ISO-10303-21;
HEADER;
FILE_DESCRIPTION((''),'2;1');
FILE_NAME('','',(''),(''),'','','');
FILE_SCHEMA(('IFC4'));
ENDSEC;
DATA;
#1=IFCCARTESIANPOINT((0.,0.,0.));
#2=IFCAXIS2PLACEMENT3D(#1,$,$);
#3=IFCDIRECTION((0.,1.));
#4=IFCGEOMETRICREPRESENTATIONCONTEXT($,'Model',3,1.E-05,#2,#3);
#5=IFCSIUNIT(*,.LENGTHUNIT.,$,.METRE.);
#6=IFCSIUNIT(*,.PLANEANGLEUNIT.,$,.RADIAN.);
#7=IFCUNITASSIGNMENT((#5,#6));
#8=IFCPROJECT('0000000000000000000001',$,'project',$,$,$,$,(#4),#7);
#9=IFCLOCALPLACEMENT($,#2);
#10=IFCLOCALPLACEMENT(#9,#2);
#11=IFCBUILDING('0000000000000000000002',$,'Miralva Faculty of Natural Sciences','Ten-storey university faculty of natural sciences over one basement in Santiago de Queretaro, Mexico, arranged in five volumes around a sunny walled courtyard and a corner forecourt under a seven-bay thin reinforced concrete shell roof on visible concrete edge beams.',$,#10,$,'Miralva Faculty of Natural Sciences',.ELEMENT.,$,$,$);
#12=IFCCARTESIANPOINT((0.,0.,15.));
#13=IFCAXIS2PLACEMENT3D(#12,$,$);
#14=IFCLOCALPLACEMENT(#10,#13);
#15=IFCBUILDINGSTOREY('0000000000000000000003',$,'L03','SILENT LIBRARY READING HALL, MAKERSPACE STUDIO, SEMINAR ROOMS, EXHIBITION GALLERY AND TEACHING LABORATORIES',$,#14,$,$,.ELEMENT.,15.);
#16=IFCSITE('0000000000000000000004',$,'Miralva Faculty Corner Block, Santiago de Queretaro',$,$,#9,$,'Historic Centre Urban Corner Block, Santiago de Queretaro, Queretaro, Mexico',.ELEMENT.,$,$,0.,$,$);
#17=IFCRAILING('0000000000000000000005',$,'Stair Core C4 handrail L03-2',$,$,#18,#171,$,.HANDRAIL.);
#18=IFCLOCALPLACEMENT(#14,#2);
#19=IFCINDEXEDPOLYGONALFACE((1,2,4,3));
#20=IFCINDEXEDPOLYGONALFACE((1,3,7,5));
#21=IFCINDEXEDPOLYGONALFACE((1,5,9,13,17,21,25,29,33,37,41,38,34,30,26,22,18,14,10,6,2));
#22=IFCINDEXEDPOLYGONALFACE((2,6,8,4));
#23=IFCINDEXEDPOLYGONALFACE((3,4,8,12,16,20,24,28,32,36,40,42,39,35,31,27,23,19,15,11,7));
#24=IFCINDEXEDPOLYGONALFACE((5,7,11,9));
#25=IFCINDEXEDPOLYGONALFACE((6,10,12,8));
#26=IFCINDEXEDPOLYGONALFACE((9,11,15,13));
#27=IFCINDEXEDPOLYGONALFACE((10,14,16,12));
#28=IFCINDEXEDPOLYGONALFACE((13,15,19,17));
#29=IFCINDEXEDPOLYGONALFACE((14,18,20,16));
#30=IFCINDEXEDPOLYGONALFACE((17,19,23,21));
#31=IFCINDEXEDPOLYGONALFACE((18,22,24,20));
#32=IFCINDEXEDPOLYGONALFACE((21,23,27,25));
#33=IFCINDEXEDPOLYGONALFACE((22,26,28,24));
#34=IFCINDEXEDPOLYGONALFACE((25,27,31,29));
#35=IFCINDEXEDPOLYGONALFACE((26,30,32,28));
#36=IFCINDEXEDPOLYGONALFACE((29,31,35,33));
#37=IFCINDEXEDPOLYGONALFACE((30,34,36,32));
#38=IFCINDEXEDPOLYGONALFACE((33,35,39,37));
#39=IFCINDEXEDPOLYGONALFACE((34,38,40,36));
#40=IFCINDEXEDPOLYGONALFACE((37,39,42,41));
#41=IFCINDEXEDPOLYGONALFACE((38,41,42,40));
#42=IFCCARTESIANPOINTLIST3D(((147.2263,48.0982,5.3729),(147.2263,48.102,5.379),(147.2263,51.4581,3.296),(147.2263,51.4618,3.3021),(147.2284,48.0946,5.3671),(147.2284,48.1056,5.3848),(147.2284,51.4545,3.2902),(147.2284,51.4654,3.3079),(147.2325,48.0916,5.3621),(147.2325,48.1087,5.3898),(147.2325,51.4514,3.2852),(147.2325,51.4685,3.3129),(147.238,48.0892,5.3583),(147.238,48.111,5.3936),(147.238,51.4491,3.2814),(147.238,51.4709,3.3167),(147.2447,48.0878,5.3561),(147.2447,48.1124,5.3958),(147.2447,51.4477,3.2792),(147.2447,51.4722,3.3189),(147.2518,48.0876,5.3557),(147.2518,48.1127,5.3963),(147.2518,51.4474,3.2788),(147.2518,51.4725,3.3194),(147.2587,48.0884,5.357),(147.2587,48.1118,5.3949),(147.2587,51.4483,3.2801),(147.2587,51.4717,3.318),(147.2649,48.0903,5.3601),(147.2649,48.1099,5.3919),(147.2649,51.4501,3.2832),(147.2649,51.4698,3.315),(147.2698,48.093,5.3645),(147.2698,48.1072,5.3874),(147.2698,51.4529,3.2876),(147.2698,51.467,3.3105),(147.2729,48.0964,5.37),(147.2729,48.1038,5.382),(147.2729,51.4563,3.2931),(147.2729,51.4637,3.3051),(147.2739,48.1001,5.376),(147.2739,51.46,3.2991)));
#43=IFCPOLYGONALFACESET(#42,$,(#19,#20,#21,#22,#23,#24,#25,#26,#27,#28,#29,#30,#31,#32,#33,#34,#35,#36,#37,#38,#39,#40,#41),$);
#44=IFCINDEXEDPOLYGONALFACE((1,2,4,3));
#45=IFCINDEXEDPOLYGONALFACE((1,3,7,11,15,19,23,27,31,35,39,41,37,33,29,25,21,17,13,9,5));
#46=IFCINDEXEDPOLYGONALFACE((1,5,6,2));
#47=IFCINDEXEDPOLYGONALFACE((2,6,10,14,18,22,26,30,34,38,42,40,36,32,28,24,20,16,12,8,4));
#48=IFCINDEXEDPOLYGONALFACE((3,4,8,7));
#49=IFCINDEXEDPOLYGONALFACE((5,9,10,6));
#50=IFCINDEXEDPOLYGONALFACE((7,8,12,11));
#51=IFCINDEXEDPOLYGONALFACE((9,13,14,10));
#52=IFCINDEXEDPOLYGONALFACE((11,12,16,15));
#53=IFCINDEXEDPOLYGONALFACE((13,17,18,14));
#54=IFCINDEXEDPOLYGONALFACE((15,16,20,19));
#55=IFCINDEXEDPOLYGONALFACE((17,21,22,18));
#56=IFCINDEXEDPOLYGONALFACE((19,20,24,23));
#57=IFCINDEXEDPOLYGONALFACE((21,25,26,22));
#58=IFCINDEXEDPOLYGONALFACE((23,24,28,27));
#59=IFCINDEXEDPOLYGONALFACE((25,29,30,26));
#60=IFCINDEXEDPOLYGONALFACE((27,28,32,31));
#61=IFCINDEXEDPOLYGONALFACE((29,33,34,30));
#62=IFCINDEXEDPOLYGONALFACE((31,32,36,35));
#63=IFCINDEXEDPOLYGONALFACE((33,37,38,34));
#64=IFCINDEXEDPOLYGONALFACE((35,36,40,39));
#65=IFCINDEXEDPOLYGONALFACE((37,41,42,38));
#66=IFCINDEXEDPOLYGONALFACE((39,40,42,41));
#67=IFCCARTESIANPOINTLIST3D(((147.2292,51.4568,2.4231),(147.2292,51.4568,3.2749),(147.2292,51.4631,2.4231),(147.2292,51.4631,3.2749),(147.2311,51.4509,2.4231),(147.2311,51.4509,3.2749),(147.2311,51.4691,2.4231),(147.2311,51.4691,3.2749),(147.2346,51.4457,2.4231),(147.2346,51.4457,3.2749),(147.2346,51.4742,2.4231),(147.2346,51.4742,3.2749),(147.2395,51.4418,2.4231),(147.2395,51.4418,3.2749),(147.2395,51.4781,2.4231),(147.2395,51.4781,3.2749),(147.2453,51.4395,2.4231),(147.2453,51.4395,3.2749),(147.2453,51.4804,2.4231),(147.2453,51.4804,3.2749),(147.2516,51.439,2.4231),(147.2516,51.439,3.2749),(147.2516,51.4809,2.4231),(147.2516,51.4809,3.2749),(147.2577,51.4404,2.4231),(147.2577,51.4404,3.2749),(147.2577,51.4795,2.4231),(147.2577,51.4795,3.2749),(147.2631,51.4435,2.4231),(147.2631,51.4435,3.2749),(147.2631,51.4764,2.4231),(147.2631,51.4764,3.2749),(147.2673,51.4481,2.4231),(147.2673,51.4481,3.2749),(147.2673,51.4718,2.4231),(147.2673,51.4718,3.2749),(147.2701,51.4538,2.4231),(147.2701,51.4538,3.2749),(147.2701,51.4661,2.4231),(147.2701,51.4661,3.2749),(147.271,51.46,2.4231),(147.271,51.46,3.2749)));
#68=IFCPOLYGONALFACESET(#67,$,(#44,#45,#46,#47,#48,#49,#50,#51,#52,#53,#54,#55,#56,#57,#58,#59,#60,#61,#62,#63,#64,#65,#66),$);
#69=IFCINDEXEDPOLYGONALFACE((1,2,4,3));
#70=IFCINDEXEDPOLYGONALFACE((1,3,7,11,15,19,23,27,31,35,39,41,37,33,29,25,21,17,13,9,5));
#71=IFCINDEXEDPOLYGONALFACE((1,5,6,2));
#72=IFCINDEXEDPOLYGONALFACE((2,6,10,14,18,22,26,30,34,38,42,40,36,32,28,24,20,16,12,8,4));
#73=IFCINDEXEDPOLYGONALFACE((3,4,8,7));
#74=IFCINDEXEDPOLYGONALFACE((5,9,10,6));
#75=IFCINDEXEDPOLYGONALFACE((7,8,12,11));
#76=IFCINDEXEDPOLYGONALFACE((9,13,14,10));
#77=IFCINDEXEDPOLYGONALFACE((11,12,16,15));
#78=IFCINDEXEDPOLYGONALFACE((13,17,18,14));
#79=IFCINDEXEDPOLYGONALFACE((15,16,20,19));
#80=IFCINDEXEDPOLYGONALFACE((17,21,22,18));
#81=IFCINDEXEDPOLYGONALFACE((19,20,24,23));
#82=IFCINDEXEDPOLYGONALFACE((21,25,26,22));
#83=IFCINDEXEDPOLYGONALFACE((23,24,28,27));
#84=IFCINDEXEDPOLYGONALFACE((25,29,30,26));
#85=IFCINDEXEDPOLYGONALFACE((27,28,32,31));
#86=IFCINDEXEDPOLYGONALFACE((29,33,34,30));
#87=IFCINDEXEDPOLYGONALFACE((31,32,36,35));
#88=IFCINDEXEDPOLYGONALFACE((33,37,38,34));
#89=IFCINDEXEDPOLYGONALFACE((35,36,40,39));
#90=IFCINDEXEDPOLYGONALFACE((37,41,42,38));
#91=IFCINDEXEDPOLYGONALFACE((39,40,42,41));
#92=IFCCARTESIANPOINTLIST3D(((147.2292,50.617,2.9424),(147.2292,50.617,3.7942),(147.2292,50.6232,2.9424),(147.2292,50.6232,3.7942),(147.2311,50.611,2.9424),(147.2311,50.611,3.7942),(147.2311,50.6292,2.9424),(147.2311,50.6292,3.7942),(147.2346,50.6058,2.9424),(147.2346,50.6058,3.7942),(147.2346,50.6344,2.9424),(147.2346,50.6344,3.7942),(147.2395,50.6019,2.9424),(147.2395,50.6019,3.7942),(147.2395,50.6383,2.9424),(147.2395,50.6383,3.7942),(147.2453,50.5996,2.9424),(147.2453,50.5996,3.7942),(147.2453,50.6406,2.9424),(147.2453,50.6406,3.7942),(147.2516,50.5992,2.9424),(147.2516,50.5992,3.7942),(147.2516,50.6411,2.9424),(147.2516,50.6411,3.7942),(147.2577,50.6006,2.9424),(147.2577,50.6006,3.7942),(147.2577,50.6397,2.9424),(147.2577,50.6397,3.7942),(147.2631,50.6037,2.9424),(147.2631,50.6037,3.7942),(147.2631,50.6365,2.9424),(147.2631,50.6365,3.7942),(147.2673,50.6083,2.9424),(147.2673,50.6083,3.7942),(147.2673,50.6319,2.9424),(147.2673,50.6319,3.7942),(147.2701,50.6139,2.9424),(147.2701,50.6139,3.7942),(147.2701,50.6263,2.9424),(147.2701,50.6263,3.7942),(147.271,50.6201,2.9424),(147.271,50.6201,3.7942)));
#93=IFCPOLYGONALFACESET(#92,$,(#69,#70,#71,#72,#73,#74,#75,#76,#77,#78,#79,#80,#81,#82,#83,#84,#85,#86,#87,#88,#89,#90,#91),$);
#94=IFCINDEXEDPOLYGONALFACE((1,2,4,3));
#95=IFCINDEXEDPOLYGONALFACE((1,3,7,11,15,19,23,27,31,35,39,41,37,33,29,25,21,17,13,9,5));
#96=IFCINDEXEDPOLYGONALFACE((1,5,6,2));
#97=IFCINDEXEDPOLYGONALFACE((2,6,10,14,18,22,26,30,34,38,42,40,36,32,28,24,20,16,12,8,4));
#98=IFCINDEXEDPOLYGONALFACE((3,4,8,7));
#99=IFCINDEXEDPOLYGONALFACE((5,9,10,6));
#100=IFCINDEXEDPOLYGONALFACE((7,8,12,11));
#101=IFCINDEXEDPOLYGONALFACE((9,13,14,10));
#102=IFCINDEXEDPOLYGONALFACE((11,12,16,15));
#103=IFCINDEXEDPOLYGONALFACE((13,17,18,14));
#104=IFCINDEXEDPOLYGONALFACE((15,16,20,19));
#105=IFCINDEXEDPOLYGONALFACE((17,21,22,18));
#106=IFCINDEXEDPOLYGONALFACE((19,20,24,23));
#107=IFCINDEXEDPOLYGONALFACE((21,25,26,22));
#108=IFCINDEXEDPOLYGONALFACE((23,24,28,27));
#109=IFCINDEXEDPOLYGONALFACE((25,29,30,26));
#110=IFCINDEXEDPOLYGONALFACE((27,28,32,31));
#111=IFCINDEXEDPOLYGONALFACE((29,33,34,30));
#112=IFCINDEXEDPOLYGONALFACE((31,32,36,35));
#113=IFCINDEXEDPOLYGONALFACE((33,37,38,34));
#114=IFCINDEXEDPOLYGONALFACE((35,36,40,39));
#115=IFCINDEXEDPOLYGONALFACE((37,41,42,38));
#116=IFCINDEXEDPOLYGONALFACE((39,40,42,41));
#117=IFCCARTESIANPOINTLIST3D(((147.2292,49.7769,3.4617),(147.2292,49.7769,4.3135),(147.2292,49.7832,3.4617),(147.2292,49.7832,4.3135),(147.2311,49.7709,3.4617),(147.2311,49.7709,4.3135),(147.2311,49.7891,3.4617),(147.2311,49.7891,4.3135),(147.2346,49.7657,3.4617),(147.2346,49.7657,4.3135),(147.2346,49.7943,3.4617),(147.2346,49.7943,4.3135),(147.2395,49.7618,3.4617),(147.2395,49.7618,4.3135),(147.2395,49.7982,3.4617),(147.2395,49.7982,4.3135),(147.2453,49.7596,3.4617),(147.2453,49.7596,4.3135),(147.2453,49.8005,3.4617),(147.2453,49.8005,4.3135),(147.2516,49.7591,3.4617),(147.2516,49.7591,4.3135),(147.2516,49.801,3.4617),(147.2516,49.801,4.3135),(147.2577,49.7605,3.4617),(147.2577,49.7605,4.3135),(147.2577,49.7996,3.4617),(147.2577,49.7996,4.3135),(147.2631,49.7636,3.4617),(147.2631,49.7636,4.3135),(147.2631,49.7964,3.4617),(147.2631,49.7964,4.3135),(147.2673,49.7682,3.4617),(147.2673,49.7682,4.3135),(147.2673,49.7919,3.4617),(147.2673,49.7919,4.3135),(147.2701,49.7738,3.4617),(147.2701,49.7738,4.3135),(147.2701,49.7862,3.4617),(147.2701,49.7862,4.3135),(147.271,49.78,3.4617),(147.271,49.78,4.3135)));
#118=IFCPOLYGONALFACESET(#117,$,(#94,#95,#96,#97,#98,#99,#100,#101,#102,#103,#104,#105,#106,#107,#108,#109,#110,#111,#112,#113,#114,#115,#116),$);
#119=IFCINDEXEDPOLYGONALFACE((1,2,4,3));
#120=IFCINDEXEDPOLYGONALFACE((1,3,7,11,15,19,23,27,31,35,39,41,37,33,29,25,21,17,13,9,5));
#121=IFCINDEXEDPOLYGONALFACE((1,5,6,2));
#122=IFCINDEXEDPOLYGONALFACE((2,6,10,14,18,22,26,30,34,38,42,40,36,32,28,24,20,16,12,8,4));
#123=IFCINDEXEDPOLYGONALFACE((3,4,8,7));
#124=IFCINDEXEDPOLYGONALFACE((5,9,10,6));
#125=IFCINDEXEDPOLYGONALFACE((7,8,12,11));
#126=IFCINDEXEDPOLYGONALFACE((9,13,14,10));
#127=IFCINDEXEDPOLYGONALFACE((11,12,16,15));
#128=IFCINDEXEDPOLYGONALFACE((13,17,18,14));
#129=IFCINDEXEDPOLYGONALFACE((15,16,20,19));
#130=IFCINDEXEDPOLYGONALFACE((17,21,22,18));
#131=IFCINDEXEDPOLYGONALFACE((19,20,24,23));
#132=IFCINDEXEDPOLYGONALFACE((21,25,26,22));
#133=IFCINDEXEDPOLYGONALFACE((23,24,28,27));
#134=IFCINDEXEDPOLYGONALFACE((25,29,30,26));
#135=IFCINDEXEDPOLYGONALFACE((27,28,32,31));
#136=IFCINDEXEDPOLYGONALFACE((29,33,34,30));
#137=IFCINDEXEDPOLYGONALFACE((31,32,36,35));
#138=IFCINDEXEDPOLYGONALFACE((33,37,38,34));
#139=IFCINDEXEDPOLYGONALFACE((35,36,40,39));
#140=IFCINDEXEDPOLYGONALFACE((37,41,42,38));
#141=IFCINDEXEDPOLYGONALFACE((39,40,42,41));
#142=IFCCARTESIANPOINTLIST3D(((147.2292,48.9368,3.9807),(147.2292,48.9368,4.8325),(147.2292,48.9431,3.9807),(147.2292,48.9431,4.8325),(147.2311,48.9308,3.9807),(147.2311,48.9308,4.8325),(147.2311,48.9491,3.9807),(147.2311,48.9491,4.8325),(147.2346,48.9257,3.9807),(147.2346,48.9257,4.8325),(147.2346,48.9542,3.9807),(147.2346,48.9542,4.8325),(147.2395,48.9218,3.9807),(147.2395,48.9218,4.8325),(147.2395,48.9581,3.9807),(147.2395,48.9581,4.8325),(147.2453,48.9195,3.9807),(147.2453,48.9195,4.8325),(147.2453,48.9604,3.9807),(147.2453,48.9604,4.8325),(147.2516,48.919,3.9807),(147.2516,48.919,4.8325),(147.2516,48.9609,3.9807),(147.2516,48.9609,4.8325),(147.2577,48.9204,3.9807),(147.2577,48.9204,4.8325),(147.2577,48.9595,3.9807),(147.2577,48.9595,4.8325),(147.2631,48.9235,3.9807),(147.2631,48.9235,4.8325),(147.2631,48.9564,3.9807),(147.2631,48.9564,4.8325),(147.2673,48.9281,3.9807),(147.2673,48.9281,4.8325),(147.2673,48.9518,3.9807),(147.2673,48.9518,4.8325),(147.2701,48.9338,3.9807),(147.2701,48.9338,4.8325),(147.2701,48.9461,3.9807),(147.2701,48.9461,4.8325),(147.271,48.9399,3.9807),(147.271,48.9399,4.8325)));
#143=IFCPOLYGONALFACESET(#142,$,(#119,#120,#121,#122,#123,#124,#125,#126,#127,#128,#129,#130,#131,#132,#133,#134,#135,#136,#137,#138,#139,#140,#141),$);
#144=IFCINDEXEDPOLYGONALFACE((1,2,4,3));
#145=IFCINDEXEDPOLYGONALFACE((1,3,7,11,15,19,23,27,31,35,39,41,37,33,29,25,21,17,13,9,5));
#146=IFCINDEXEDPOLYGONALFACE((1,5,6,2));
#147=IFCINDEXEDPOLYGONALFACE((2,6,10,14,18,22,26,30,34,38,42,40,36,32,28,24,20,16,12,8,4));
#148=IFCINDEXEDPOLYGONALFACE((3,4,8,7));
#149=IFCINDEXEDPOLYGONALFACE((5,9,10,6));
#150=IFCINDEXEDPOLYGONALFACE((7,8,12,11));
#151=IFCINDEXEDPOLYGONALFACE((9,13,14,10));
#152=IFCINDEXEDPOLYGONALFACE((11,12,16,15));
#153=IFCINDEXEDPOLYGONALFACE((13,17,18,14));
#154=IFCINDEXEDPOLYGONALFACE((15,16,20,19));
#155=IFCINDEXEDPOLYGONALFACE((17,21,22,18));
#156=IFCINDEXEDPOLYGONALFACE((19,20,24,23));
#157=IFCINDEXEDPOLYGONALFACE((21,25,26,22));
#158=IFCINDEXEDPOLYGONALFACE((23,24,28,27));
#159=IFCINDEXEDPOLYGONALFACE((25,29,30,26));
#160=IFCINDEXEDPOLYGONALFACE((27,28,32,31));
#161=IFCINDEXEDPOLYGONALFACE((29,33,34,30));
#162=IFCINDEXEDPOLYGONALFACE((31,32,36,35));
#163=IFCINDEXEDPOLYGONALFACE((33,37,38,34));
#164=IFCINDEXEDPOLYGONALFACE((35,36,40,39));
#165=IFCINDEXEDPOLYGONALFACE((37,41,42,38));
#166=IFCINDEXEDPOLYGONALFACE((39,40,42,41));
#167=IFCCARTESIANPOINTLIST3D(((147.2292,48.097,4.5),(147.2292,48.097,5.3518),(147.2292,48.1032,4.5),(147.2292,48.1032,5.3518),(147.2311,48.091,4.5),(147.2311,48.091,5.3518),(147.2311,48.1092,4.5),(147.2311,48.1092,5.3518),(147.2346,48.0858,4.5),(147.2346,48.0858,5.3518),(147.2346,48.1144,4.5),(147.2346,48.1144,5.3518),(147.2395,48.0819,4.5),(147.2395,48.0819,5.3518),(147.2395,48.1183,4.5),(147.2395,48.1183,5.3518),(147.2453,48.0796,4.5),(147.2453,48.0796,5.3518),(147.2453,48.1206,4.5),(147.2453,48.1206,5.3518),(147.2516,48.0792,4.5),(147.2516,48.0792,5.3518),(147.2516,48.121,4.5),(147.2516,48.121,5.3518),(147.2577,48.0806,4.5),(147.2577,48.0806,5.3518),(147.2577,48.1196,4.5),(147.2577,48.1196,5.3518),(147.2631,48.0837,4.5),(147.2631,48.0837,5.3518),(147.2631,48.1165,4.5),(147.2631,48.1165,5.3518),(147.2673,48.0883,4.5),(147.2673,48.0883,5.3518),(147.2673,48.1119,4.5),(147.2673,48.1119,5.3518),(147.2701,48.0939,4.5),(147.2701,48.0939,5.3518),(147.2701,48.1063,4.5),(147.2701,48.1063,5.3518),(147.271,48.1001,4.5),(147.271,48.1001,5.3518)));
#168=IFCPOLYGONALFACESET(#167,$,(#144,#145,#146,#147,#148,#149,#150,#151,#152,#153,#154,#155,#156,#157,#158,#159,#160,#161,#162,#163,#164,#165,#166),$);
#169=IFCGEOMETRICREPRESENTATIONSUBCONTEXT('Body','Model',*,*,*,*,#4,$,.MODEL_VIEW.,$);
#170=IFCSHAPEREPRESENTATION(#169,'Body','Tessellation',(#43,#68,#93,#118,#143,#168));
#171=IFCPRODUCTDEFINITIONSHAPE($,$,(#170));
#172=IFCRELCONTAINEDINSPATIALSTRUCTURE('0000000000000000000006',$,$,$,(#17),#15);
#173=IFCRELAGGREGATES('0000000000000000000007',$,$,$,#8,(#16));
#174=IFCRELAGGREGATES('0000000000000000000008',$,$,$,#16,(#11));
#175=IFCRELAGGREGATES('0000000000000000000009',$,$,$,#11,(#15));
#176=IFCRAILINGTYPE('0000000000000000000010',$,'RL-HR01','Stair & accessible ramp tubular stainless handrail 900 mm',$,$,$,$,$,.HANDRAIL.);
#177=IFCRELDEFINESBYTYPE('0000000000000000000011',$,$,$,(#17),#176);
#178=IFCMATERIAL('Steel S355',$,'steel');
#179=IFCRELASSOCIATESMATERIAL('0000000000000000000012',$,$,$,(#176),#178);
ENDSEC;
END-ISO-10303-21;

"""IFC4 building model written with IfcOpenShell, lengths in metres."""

from ifc_helpers import new_model, si_unit, direction, frame, origin, origin_2d, place, context, subcontext, project, spatial, circle, extrude, material, type_object, element, save


model = new_model("IFC4")

# Units and contexts
model_context = context("Model", 3, precision=1e-05, world=origin(), true_north=direction((0.0, 1.0)))
body_context = subcontext(model_context, "Body", "Model", "MODEL_VIEW")
ifc_project = project(units=[si_unit("LENGTHUNIT", "METRE"), si_unit("PLANEANGLEUNIT", "RADIAN")], contexts=[model_context])

# Site, building, storey
site_placement = place(None, origin())
site = spatial("IfcSite", under=ifc_project, at=site_placement, Name="Miralva Faculty Corner Block, Santiago de Queretaro", LongName="Historic Centre Urban Corner Block, Santiago de Queretaro, Queretaro, Mexico", CompositionType="ELEMENT", RefElevation=0.0)
building_placement = place(site_placement, origin())
building = spatial("IfcBuilding", under=site, at=building_placement, Name="Miralva Faculty of Natural Sciences", Description="Ten-storey university faculty of natural sciences over one basement in Santiago de Queretaro, Mexico, arranged in five volumes around a sunny walled courtyard and a corner forecourt under a seven-bay thin reinforced concrete shell roof on visible concrete edge beams.", LongName="Miralva Faculty of Natural Sciences", CompositionType="ELEMENT")
storey_placement = place(building_placement, frame((0.0, 0.0, 15.0)))
storey = spatial("IfcBuildingStorey", under=building, at=storey_placement, Name="L03", Description="SILENT LIBRARY READING HALL, MAKERSPACE STUDIO, SEMINAR ROOMS, EXHIBITION GALLERY AND TEACHING LABORATORIES", CompositionType="ELEMENT", Elevation=15.0)

# Railing
ifc_material_1 = material(Name="Steel S355", Category="steel")
railing_type_1 = type_object("IfcRailingType", Name="RL-HR01", Description="Stair & accessible ramp tubular stainless handrail 900 mm", PredefinedType="HANDRAIL", material=ifc_material_1)
railing_1_placement = place(storey_placement, frame((147.25, 51.46, 2.4231)))
element("IfcRailing", 1, at=railing_1_placement, inside=storey, type_object=railing_type_1, Name="Stair Core C4 handrail L03-2", PredefinedType="HANDRAIL", context=body_context, shape_type="SweptSolid", body=[
    extrude(circle(Radius=0.0239, at=origin_2d()), frame((0.0, 0.0, 0.876), z_axis=(0.0, -0.850606, 0.525803), x_axis=(1.0, 0.0, 0.0)), (0.0, 0.0, 1.0), 3.95),
    extrude(circle(Radius=0.021, at=origin_2d()), origin(), (0.0, 0.0, 1.0), 0.8518),
    extrude(circle(Radius=0.021, at=origin_2d()), frame((0.0, -0.8398, 0.5193)), (0.0, 0.0, 1.0), 0.8518),
    extrude(circle(Radius=0.021, at=origin_2d()), frame((0.0, -1.6799, 1.0386)), (0.0, 0.0, 1.0), 0.8518),
    extrude(circle(Radius=0.021, at=origin_2d()), frame((0.0, -2.52, 1.5576)), (0.0, 0.0, 1.0), 0.8518),
    extrude(circle(Radius=0.021, at=origin_2d()), frame((0.0, -3.3599, 2.0769)), (0.0, 0.0, 1.0), 0.8518),
])

save(model, "model.ifc")
